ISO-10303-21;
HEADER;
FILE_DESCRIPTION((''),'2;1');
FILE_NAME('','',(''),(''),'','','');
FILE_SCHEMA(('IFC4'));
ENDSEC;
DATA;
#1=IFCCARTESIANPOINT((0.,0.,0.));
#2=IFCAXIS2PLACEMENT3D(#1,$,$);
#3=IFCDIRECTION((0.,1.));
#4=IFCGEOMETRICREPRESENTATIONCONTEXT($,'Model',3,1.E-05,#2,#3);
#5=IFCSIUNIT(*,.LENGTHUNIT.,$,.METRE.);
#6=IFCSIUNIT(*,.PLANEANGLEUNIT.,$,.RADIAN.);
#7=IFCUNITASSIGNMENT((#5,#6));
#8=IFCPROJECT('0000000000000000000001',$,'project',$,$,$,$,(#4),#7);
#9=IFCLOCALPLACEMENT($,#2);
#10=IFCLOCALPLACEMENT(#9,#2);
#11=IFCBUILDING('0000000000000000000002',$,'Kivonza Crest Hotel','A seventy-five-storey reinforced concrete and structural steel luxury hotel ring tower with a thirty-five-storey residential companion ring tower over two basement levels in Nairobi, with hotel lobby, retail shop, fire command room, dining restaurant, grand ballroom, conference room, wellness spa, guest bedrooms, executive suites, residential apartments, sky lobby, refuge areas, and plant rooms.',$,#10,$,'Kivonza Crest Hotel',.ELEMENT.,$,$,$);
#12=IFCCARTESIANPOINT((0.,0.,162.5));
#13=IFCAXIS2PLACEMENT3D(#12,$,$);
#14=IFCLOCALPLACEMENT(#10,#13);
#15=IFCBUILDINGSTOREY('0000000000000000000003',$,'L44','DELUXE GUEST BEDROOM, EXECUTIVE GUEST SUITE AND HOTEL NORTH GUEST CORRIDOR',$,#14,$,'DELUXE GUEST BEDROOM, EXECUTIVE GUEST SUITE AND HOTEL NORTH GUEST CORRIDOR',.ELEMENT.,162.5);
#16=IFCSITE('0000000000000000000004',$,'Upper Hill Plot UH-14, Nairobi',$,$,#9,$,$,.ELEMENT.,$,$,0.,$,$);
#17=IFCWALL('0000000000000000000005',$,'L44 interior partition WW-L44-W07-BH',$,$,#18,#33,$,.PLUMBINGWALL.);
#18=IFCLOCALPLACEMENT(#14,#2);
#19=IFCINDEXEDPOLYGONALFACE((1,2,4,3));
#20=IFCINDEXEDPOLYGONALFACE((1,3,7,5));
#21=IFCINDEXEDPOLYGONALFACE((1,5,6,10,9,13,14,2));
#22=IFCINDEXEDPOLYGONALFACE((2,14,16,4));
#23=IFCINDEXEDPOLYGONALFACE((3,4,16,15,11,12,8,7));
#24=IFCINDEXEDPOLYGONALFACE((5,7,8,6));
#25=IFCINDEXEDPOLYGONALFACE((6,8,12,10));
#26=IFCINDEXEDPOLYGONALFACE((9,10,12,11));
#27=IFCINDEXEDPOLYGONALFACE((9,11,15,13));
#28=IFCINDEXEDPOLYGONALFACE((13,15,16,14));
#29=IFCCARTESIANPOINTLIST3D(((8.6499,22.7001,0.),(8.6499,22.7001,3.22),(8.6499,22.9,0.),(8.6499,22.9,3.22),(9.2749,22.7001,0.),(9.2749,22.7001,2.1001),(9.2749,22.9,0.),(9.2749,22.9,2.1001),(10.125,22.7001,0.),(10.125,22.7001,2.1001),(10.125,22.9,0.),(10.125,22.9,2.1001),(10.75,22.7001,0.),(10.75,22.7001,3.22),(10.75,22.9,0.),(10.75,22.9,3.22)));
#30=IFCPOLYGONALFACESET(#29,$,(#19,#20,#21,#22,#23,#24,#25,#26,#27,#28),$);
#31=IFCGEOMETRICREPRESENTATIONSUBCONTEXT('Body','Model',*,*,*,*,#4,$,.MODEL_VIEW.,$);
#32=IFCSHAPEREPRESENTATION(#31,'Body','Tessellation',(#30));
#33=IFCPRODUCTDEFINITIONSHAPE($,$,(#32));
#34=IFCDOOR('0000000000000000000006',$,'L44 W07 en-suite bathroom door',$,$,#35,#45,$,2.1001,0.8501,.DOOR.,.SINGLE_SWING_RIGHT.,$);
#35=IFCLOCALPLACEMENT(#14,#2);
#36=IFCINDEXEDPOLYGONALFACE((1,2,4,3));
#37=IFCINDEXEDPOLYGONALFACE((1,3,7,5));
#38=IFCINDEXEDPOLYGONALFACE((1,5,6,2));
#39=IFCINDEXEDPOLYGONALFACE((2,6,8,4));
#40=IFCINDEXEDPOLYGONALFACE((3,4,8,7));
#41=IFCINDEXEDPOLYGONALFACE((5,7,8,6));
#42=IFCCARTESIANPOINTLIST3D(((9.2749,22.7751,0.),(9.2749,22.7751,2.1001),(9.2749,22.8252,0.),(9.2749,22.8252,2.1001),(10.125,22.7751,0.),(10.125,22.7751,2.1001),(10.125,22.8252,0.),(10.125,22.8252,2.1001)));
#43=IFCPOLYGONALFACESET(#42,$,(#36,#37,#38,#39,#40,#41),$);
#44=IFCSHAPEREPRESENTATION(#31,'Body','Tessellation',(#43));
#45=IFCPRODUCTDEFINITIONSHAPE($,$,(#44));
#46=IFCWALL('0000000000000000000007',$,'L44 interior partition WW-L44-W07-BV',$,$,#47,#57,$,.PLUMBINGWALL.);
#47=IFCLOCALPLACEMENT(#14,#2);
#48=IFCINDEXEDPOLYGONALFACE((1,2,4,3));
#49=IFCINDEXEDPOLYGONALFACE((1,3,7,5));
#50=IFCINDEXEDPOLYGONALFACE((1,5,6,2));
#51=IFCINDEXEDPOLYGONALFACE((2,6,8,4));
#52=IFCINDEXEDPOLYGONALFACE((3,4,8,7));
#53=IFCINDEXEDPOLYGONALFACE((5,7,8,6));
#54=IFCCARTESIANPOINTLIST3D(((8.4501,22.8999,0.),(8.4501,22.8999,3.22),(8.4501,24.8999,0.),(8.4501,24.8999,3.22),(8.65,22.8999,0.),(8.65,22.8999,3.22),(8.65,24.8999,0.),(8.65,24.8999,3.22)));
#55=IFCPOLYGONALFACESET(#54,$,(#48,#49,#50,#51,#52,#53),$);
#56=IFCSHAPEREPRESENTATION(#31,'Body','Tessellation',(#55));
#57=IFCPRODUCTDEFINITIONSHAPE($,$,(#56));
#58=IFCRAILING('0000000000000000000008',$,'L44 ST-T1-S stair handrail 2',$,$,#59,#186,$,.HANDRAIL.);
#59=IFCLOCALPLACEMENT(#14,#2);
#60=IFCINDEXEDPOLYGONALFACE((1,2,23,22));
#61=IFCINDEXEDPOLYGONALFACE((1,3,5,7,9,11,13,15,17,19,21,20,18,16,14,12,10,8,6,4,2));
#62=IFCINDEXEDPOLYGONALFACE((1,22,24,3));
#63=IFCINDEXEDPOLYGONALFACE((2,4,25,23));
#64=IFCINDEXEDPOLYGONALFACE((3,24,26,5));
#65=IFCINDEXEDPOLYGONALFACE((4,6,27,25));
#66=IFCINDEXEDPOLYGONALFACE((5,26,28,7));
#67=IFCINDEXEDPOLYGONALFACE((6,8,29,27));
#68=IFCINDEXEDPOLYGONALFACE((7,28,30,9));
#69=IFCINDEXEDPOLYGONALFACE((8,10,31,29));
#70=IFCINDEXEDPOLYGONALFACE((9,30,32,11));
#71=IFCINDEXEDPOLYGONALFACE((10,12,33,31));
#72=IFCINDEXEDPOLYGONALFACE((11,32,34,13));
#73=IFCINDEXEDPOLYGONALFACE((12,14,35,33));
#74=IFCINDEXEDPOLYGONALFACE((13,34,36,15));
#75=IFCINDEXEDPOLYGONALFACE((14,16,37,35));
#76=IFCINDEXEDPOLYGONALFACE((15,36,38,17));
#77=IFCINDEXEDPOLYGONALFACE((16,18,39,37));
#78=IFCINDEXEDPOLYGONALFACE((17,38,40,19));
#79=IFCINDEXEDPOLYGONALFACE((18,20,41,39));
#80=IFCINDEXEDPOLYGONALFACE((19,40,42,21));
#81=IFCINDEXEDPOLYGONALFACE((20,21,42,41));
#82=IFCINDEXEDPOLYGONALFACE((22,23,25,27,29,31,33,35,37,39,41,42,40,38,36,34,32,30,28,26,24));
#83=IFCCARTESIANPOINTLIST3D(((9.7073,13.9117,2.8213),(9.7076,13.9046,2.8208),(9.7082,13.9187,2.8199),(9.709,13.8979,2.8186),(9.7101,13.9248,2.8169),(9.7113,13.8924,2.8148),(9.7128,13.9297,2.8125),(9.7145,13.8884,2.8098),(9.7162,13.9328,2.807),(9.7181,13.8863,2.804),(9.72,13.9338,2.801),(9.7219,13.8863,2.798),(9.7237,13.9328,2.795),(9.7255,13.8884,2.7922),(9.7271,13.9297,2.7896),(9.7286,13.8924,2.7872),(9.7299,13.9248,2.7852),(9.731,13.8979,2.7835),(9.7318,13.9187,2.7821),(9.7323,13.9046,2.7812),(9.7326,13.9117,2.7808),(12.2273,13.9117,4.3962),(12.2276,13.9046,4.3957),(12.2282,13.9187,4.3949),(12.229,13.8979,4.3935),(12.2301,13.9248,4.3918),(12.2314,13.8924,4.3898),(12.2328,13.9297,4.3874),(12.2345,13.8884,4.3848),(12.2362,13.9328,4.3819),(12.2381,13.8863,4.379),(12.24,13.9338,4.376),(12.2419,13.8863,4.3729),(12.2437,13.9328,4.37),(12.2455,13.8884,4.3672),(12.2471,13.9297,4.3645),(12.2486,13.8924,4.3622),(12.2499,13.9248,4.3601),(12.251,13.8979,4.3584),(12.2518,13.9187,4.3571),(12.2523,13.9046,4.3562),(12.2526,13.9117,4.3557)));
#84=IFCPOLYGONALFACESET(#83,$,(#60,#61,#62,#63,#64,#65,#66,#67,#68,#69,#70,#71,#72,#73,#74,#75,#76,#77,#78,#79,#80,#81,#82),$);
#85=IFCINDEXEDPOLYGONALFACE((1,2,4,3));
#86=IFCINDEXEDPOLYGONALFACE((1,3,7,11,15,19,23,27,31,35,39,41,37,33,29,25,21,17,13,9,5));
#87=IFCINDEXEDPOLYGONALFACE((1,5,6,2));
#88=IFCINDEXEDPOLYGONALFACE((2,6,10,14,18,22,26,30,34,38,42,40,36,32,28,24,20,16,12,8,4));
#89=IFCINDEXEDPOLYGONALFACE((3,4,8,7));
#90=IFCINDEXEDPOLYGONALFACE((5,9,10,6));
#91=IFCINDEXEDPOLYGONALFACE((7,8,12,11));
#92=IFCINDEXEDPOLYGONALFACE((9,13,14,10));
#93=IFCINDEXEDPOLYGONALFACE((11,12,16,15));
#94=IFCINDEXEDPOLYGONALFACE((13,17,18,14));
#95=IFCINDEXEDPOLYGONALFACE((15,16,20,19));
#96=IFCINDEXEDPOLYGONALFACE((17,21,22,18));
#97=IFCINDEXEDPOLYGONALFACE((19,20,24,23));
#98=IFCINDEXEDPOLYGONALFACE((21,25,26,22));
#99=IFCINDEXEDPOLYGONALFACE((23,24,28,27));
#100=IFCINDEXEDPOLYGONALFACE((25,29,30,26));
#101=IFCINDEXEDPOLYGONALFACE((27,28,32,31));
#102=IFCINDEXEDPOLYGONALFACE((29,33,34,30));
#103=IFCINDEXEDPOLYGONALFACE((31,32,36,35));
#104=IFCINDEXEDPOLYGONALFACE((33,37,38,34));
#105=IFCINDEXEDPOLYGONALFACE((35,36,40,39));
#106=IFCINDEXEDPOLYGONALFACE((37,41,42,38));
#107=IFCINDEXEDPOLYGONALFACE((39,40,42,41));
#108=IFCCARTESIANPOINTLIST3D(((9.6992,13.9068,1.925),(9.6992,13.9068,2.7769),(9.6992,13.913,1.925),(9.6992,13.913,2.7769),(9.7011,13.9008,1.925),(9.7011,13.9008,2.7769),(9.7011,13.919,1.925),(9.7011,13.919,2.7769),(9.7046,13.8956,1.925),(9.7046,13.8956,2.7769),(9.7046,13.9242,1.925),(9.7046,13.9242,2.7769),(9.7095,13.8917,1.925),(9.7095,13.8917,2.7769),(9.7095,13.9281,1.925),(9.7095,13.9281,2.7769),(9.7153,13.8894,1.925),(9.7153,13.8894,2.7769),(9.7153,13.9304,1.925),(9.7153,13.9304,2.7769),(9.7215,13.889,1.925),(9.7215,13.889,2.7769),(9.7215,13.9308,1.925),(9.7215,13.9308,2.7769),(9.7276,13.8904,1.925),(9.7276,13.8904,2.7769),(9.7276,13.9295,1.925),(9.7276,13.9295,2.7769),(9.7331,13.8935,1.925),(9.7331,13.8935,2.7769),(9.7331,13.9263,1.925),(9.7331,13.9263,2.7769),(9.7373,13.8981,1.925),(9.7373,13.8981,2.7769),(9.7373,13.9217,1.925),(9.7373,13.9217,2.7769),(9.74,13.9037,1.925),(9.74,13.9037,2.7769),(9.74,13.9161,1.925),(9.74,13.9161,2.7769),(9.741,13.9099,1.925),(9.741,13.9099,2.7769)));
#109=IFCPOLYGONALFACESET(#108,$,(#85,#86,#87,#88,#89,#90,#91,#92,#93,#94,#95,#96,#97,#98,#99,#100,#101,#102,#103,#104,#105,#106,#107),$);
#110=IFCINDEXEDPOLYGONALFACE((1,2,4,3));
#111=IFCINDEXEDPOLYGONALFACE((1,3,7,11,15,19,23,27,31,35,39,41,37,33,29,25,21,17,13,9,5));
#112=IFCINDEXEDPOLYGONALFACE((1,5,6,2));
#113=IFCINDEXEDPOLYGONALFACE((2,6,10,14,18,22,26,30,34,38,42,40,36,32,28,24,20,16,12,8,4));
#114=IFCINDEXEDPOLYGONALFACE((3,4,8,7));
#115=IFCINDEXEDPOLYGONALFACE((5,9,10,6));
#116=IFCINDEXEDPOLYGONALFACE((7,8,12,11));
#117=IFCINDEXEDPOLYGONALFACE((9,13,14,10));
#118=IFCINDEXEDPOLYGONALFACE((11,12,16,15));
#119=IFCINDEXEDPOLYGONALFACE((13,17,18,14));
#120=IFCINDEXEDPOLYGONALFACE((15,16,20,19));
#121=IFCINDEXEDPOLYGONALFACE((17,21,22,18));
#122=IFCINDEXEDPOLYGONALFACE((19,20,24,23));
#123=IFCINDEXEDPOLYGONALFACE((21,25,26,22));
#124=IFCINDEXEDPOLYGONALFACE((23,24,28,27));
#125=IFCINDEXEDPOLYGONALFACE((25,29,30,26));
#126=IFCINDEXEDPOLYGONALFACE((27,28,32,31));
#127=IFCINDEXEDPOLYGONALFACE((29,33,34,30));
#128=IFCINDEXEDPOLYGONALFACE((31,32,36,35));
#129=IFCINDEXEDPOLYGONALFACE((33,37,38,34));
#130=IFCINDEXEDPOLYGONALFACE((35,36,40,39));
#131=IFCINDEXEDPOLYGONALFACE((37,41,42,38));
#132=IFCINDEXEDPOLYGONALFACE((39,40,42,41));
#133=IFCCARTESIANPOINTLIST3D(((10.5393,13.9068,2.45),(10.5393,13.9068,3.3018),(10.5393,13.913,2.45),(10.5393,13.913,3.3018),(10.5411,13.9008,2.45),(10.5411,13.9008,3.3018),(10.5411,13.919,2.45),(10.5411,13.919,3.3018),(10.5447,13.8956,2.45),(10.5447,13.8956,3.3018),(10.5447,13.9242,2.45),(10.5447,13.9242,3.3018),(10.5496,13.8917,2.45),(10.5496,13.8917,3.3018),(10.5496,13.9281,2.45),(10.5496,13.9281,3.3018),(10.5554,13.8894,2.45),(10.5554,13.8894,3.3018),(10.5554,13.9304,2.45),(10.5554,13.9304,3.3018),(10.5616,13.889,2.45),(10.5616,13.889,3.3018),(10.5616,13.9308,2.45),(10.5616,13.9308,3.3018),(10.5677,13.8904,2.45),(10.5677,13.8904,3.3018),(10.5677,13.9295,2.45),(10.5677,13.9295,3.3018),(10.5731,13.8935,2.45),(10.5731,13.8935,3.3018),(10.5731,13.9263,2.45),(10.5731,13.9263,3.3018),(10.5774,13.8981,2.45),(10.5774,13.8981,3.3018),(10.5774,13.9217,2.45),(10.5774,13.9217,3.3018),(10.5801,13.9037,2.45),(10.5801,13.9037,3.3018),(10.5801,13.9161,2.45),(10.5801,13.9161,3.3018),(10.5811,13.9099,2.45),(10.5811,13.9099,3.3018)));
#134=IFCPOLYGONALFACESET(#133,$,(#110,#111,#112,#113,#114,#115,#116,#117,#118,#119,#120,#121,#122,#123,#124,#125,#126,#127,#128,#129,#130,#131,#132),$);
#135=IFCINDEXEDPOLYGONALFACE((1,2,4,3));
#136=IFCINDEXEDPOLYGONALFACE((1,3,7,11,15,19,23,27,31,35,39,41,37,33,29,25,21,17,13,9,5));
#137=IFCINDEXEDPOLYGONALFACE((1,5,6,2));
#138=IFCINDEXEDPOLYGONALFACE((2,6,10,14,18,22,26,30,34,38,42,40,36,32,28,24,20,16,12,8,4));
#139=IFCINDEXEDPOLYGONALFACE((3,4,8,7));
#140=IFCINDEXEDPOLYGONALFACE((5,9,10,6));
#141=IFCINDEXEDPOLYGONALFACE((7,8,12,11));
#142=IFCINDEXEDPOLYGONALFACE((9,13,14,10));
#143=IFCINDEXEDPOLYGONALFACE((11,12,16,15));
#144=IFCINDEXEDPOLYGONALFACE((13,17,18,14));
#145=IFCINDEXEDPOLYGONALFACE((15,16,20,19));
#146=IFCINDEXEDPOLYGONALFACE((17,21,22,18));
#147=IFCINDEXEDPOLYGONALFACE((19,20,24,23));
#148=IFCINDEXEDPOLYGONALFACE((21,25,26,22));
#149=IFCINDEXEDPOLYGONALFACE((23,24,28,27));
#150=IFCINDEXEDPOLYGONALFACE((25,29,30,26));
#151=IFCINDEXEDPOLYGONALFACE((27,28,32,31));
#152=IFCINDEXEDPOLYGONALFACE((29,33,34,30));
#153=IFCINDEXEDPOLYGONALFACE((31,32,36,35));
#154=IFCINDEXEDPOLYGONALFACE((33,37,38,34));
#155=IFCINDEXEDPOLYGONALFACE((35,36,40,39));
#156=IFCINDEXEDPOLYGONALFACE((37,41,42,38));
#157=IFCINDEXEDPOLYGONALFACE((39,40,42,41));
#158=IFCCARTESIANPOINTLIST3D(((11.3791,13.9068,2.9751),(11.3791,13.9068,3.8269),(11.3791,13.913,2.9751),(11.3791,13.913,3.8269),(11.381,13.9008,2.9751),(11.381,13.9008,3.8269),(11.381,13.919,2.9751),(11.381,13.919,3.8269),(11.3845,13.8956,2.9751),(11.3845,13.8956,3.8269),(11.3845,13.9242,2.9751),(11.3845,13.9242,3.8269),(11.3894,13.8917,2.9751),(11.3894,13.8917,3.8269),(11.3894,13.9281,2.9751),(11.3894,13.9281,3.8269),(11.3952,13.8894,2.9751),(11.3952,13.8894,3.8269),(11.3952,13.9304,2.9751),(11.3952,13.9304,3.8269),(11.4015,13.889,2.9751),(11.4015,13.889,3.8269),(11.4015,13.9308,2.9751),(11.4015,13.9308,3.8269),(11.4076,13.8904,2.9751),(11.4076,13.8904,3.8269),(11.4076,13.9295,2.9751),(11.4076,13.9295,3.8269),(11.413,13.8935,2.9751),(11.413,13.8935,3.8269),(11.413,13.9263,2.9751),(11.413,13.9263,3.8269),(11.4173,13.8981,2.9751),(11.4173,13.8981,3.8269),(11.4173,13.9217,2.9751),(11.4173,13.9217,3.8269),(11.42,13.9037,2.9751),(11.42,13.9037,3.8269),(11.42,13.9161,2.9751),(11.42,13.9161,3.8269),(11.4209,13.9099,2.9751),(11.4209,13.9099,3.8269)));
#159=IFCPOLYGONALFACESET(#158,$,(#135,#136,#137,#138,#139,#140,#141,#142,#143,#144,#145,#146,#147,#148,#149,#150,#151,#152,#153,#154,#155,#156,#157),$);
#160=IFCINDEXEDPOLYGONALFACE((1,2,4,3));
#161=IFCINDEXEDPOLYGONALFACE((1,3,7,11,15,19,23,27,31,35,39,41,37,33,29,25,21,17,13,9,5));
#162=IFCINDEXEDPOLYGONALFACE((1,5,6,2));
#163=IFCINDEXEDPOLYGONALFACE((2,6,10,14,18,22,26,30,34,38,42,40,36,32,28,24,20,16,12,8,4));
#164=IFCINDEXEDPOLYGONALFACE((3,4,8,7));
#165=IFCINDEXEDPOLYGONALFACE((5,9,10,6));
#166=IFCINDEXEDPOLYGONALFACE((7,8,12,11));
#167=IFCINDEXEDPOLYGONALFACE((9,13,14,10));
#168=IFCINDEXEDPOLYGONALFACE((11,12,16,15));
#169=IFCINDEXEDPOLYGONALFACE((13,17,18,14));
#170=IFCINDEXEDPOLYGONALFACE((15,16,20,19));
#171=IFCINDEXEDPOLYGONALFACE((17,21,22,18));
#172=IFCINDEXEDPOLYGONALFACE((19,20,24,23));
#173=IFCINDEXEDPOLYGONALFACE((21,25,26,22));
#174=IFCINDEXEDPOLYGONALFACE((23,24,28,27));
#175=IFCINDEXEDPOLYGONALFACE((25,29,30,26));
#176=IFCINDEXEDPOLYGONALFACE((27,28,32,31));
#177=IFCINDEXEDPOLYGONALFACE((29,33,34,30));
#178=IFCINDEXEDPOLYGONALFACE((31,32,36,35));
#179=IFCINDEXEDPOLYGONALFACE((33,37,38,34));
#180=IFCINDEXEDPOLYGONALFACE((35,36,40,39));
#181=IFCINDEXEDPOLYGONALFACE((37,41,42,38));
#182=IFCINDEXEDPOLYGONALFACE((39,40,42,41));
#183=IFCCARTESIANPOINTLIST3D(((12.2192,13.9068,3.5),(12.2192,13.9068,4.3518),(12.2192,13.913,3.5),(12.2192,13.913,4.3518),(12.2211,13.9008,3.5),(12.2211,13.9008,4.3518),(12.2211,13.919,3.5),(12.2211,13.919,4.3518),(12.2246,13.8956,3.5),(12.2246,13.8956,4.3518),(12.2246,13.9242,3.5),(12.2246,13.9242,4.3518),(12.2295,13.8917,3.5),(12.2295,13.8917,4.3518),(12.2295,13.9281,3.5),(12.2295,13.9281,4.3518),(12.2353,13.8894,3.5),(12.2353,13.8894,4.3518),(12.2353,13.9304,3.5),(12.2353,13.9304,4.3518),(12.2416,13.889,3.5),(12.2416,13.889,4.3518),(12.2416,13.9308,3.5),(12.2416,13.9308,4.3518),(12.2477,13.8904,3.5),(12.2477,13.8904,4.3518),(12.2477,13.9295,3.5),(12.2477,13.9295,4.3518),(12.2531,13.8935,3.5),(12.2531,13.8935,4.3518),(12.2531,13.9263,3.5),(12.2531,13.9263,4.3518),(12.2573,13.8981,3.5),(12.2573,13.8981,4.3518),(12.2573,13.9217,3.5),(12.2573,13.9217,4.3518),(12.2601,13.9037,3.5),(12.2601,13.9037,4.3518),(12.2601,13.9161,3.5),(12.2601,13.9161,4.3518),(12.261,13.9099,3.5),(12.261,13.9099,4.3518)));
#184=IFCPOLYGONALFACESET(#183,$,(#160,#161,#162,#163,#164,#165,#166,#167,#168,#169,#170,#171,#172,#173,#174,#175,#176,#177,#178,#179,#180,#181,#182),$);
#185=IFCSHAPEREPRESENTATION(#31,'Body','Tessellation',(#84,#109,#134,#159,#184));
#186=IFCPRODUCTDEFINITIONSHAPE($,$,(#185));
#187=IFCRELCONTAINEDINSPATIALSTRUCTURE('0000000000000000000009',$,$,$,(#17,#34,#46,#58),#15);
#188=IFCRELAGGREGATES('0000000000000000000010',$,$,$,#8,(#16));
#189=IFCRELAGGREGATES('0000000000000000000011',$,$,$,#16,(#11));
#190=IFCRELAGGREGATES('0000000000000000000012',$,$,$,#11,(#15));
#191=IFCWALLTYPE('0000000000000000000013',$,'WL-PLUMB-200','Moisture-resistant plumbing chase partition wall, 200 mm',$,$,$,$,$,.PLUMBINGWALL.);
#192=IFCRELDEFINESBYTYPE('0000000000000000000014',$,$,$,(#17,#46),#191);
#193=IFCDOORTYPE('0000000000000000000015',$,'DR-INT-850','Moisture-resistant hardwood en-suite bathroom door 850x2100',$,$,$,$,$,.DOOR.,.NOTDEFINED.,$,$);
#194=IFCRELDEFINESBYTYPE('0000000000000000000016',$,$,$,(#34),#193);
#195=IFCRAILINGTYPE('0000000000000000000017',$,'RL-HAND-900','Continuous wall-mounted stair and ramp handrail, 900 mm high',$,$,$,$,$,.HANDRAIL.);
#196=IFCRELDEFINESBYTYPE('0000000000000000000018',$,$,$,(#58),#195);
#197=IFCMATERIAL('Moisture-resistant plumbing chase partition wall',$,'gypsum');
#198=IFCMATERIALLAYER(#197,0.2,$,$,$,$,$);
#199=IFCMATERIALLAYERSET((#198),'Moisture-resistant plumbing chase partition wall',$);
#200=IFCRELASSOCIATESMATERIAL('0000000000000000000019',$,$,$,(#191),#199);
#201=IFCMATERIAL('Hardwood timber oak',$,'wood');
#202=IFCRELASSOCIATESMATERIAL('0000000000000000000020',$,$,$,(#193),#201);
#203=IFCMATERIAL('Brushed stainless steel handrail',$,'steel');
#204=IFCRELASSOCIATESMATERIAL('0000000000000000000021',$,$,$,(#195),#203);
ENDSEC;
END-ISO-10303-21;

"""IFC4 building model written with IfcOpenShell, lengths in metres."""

from ifc_helpers import new_model, si_unit, direction, frame, frame_2d, origin, origin_2d, place, context, subcontext, project, spatial, rectangle, circle, extrude, material, layer, layer_set, type_object, element, fill, save


model = new_model("IFC4")

# Units and contexts
model_context = context("Model", 3, precision=1e-05, world=origin(), true_north=direction((0.0, 1.0)))
body_context = subcontext(model_context, "Body", "Model", "MODEL_VIEW")
ifc_project = project(units=[si_unit("LENGTHUNIT", "METRE"), si_unit("PLANEANGLEUNIT", "RADIAN")], contexts=[model_context])

# Site, building, storey
site_placement = place(None, origin())
site = spatial("IfcSite", under=ifc_project, at=site_placement, Name="Upper Hill Plot UH-14, Nairobi", CompositionType="ELEMENT", RefElevation=0.0)
building_placement = place(site_placement, origin())
building = spatial("IfcBuilding", under=site, at=building_placement, Name="Kivonza Crest Hotel", Description="A seventy-five-storey reinforced concrete and structural steel luxury hotel ring tower with a thirty-five-storey residential companion ring tower over two basement levels in Nairobi, with hotel lobby, retail shop, fire command room, dining restaurant, grand ballroom, conference room, wellness spa, guest bedrooms, executive suites, residential apartments, sky lobby, refuge areas, and plant rooms.", LongName="Kivonza Crest Hotel", CompositionType="ELEMENT")
storey_placement = place(building_placement, frame((0.0, 0.0, 162.5)))
storey = spatial("IfcBuildingStorey", under=building, at=storey_placement, Name="L44", Description="DELUXE GUEST BEDROOM, EXECUTIVE GUEST SUITE AND HOTEL NORTH GUEST CORRIDOR", LongName="DELUXE GUEST BEDROOM, EXECUTIVE GUEST SUITE AND HOTEL NORTH GUEST CORRIDOR", CompositionType="ELEMENT", Elevation=162.5)

# Shared definitions
ifc_material_1 = material(Name="Hardwood timber oak", Category="wood")

# Wall, opening, door
ifc_material_2 = material(Name="Moisture-resistant plumbing chase partition wall", Category="gypsum")
ifc_layer_1 = layer(ifc_material_2, 0.2)
ifc_layer_set_1 = layer_set([ifc_layer_1], Name="Moisture-resistant plumbing chase partition wall")
wall_type_1 = type_object("IfcWallType", Name="WL-PLUMB-200", Description="Moisture-resistant plumbing chase partition wall, 200 mm", PredefinedType="PLUMBINGWALL", material=ifc_layer_set_1)
wall_1_placement = place(storey_placement, frame((8.6499, 22.8, 0.0), z_axis=(0.0, 0.0, 1.0), x_axis=(1.0, 0.0, 0.0)))
wall_1 = element("IfcWall", 1, at=wall_1_placement, inside=storey, type_object=wall_type_1, Name="L44 interior partition WW-L44-W07-BH", PredefinedType="PLUMBINGWALL", context=body_context, shape_type="SweptSolid", body=[
    extrude(rectangle(XDim=2.1001, YDim=0.2, at=frame_2d((1.05, 0.0))), origin(), (0.0, 0.0, 1.0), 3.22),
])
opening_1_placement = place(wall_1_placement, frame((0.625, 0.0, 0.0)))
opening_1 = element("IfcOpeningElement", 2, at=opening_1_placement, cuts=wall_1, PredefinedType="OPENING", context=body_context, shape_type="SweptSolid", body=[
    extrude(rectangle(XDim=0.8501, YDim=2.1001, at=frame_2d((0.425, 1.05))), frame((0.0, 0.1099, 0.0), z_axis=(0.0, -1.0, 0.0), x_axis=(1.0, 0.0, 0.0)), (0.0, 0.0, 1.0), 0.22),
])
door_type_1 = type_object("IfcDoorType", Name="DR-INT-850", Description="Moisture-resistant hardwood en-suite bathroom door 850x2100", OperationType="NOTDEFINED", PredefinedType="DOOR", material=ifc_material_1)
door_1_placement = place(opening_1_placement, frame((0.8501, 0.0, 0.0), z_axis=(0.0, 0.0, 1.0), x_axis=(-1.0, 0.0, 0.0)))
door_1 = element("IfcDoor", 3, at=door_1_placement, inside=storey, type_object=door_type_1, Name="L44 W07 en-suite bathroom door", OperationType="SINGLE_SWING_RIGHT", OverallHeight=2.1001, OverallWidth=0.8501, PredefinedType="DOOR", context=body_context, shape_type="SweptSolid", body=[
    extrude(rectangle(XDim=0.8501, YDim=2.1001, at=frame_2d((0.425, 1.05))), frame((0.0, 0.0249, 0.0), z_axis=(0.0, -1.0, 0.0), x_axis=(1.0, 0.0, 0.0)), (0.0, 0.0, 1.0), 0.05),
])
fill(opening_1, door_1)

# Wall
wall_2_placement = place(storey_placement, frame((8.55, 22.8999, 0.0), z_axis=(0.0, 0.0, 1.0), x_axis=(0.0, 1.0, 0.0)))
element("IfcWall", 4, at=wall_2_placement, inside=storey, type_object=wall_type_1, Name="L44 interior partition WW-L44-W07-BV", PredefinedType="PLUMBINGWALL", context=body_context, shape_type="SweptSolid", body=[
    extrude(rectangle(XDim=2.0, YDim=0.2, at=frame_2d((1.0, 0.0))), origin(), (0.0, 0.0, 1.0), 3.22),
])

# Railing
ifc_material_3 = material(Name="Brushed stainless steel handrail", Category="steel")
railing_type_1 = type_object("IfcRailingType", Name="RL-HAND-900", Description="Continuous wall-mounted stair and ramp handrail, 900 mm high", PredefinedType="HANDRAIL", material=ifc_material_3)
railing_1_placement = place(storey_placement, frame((9.72, 13.9099, 1.925)))
element("IfcRailing", 5, at=railing_1_placement, inside=storey, type_object=railing_type_1, Name="L44 ST-T1-S stair handrail 2", PredefinedType="HANDRAIL", context=body_context, shape_type="SweptSolid", body=[
    extrude(circle(Radius=0.0239, at=origin_2d()), frame((0.0, 0.0, 0.876), z_axis=(0.848008, 0.0, 0.529984), x_axis=(0.0, 1.0, 0.0)), (0.0, 0.0, 1.0), 2.9717),
    extrude(circle(Radius=0.021, at=origin_2d()), origin(), (0.0, 0.0, 1.0), 0.8518),
    extrude(circle(Radius=0.021, at=origin_2d()), frame((0.8401, 0.0, 0.5249)), (0.0, 0.0, 1.0), 0.8518),
    extrude(circle(Radius=0.021, at=origin_2d()), frame((1.6799, 0.0, 1.05)), (0.0, 0.0, 1.0), 0.8518),
    extrude(circle(Radius=0.021, at=origin_2d()), frame((2.52, 0.0, 1.575)), (0.0, 0.0, 1.0), 0.8518),
])

save(model, "model.ifc")
